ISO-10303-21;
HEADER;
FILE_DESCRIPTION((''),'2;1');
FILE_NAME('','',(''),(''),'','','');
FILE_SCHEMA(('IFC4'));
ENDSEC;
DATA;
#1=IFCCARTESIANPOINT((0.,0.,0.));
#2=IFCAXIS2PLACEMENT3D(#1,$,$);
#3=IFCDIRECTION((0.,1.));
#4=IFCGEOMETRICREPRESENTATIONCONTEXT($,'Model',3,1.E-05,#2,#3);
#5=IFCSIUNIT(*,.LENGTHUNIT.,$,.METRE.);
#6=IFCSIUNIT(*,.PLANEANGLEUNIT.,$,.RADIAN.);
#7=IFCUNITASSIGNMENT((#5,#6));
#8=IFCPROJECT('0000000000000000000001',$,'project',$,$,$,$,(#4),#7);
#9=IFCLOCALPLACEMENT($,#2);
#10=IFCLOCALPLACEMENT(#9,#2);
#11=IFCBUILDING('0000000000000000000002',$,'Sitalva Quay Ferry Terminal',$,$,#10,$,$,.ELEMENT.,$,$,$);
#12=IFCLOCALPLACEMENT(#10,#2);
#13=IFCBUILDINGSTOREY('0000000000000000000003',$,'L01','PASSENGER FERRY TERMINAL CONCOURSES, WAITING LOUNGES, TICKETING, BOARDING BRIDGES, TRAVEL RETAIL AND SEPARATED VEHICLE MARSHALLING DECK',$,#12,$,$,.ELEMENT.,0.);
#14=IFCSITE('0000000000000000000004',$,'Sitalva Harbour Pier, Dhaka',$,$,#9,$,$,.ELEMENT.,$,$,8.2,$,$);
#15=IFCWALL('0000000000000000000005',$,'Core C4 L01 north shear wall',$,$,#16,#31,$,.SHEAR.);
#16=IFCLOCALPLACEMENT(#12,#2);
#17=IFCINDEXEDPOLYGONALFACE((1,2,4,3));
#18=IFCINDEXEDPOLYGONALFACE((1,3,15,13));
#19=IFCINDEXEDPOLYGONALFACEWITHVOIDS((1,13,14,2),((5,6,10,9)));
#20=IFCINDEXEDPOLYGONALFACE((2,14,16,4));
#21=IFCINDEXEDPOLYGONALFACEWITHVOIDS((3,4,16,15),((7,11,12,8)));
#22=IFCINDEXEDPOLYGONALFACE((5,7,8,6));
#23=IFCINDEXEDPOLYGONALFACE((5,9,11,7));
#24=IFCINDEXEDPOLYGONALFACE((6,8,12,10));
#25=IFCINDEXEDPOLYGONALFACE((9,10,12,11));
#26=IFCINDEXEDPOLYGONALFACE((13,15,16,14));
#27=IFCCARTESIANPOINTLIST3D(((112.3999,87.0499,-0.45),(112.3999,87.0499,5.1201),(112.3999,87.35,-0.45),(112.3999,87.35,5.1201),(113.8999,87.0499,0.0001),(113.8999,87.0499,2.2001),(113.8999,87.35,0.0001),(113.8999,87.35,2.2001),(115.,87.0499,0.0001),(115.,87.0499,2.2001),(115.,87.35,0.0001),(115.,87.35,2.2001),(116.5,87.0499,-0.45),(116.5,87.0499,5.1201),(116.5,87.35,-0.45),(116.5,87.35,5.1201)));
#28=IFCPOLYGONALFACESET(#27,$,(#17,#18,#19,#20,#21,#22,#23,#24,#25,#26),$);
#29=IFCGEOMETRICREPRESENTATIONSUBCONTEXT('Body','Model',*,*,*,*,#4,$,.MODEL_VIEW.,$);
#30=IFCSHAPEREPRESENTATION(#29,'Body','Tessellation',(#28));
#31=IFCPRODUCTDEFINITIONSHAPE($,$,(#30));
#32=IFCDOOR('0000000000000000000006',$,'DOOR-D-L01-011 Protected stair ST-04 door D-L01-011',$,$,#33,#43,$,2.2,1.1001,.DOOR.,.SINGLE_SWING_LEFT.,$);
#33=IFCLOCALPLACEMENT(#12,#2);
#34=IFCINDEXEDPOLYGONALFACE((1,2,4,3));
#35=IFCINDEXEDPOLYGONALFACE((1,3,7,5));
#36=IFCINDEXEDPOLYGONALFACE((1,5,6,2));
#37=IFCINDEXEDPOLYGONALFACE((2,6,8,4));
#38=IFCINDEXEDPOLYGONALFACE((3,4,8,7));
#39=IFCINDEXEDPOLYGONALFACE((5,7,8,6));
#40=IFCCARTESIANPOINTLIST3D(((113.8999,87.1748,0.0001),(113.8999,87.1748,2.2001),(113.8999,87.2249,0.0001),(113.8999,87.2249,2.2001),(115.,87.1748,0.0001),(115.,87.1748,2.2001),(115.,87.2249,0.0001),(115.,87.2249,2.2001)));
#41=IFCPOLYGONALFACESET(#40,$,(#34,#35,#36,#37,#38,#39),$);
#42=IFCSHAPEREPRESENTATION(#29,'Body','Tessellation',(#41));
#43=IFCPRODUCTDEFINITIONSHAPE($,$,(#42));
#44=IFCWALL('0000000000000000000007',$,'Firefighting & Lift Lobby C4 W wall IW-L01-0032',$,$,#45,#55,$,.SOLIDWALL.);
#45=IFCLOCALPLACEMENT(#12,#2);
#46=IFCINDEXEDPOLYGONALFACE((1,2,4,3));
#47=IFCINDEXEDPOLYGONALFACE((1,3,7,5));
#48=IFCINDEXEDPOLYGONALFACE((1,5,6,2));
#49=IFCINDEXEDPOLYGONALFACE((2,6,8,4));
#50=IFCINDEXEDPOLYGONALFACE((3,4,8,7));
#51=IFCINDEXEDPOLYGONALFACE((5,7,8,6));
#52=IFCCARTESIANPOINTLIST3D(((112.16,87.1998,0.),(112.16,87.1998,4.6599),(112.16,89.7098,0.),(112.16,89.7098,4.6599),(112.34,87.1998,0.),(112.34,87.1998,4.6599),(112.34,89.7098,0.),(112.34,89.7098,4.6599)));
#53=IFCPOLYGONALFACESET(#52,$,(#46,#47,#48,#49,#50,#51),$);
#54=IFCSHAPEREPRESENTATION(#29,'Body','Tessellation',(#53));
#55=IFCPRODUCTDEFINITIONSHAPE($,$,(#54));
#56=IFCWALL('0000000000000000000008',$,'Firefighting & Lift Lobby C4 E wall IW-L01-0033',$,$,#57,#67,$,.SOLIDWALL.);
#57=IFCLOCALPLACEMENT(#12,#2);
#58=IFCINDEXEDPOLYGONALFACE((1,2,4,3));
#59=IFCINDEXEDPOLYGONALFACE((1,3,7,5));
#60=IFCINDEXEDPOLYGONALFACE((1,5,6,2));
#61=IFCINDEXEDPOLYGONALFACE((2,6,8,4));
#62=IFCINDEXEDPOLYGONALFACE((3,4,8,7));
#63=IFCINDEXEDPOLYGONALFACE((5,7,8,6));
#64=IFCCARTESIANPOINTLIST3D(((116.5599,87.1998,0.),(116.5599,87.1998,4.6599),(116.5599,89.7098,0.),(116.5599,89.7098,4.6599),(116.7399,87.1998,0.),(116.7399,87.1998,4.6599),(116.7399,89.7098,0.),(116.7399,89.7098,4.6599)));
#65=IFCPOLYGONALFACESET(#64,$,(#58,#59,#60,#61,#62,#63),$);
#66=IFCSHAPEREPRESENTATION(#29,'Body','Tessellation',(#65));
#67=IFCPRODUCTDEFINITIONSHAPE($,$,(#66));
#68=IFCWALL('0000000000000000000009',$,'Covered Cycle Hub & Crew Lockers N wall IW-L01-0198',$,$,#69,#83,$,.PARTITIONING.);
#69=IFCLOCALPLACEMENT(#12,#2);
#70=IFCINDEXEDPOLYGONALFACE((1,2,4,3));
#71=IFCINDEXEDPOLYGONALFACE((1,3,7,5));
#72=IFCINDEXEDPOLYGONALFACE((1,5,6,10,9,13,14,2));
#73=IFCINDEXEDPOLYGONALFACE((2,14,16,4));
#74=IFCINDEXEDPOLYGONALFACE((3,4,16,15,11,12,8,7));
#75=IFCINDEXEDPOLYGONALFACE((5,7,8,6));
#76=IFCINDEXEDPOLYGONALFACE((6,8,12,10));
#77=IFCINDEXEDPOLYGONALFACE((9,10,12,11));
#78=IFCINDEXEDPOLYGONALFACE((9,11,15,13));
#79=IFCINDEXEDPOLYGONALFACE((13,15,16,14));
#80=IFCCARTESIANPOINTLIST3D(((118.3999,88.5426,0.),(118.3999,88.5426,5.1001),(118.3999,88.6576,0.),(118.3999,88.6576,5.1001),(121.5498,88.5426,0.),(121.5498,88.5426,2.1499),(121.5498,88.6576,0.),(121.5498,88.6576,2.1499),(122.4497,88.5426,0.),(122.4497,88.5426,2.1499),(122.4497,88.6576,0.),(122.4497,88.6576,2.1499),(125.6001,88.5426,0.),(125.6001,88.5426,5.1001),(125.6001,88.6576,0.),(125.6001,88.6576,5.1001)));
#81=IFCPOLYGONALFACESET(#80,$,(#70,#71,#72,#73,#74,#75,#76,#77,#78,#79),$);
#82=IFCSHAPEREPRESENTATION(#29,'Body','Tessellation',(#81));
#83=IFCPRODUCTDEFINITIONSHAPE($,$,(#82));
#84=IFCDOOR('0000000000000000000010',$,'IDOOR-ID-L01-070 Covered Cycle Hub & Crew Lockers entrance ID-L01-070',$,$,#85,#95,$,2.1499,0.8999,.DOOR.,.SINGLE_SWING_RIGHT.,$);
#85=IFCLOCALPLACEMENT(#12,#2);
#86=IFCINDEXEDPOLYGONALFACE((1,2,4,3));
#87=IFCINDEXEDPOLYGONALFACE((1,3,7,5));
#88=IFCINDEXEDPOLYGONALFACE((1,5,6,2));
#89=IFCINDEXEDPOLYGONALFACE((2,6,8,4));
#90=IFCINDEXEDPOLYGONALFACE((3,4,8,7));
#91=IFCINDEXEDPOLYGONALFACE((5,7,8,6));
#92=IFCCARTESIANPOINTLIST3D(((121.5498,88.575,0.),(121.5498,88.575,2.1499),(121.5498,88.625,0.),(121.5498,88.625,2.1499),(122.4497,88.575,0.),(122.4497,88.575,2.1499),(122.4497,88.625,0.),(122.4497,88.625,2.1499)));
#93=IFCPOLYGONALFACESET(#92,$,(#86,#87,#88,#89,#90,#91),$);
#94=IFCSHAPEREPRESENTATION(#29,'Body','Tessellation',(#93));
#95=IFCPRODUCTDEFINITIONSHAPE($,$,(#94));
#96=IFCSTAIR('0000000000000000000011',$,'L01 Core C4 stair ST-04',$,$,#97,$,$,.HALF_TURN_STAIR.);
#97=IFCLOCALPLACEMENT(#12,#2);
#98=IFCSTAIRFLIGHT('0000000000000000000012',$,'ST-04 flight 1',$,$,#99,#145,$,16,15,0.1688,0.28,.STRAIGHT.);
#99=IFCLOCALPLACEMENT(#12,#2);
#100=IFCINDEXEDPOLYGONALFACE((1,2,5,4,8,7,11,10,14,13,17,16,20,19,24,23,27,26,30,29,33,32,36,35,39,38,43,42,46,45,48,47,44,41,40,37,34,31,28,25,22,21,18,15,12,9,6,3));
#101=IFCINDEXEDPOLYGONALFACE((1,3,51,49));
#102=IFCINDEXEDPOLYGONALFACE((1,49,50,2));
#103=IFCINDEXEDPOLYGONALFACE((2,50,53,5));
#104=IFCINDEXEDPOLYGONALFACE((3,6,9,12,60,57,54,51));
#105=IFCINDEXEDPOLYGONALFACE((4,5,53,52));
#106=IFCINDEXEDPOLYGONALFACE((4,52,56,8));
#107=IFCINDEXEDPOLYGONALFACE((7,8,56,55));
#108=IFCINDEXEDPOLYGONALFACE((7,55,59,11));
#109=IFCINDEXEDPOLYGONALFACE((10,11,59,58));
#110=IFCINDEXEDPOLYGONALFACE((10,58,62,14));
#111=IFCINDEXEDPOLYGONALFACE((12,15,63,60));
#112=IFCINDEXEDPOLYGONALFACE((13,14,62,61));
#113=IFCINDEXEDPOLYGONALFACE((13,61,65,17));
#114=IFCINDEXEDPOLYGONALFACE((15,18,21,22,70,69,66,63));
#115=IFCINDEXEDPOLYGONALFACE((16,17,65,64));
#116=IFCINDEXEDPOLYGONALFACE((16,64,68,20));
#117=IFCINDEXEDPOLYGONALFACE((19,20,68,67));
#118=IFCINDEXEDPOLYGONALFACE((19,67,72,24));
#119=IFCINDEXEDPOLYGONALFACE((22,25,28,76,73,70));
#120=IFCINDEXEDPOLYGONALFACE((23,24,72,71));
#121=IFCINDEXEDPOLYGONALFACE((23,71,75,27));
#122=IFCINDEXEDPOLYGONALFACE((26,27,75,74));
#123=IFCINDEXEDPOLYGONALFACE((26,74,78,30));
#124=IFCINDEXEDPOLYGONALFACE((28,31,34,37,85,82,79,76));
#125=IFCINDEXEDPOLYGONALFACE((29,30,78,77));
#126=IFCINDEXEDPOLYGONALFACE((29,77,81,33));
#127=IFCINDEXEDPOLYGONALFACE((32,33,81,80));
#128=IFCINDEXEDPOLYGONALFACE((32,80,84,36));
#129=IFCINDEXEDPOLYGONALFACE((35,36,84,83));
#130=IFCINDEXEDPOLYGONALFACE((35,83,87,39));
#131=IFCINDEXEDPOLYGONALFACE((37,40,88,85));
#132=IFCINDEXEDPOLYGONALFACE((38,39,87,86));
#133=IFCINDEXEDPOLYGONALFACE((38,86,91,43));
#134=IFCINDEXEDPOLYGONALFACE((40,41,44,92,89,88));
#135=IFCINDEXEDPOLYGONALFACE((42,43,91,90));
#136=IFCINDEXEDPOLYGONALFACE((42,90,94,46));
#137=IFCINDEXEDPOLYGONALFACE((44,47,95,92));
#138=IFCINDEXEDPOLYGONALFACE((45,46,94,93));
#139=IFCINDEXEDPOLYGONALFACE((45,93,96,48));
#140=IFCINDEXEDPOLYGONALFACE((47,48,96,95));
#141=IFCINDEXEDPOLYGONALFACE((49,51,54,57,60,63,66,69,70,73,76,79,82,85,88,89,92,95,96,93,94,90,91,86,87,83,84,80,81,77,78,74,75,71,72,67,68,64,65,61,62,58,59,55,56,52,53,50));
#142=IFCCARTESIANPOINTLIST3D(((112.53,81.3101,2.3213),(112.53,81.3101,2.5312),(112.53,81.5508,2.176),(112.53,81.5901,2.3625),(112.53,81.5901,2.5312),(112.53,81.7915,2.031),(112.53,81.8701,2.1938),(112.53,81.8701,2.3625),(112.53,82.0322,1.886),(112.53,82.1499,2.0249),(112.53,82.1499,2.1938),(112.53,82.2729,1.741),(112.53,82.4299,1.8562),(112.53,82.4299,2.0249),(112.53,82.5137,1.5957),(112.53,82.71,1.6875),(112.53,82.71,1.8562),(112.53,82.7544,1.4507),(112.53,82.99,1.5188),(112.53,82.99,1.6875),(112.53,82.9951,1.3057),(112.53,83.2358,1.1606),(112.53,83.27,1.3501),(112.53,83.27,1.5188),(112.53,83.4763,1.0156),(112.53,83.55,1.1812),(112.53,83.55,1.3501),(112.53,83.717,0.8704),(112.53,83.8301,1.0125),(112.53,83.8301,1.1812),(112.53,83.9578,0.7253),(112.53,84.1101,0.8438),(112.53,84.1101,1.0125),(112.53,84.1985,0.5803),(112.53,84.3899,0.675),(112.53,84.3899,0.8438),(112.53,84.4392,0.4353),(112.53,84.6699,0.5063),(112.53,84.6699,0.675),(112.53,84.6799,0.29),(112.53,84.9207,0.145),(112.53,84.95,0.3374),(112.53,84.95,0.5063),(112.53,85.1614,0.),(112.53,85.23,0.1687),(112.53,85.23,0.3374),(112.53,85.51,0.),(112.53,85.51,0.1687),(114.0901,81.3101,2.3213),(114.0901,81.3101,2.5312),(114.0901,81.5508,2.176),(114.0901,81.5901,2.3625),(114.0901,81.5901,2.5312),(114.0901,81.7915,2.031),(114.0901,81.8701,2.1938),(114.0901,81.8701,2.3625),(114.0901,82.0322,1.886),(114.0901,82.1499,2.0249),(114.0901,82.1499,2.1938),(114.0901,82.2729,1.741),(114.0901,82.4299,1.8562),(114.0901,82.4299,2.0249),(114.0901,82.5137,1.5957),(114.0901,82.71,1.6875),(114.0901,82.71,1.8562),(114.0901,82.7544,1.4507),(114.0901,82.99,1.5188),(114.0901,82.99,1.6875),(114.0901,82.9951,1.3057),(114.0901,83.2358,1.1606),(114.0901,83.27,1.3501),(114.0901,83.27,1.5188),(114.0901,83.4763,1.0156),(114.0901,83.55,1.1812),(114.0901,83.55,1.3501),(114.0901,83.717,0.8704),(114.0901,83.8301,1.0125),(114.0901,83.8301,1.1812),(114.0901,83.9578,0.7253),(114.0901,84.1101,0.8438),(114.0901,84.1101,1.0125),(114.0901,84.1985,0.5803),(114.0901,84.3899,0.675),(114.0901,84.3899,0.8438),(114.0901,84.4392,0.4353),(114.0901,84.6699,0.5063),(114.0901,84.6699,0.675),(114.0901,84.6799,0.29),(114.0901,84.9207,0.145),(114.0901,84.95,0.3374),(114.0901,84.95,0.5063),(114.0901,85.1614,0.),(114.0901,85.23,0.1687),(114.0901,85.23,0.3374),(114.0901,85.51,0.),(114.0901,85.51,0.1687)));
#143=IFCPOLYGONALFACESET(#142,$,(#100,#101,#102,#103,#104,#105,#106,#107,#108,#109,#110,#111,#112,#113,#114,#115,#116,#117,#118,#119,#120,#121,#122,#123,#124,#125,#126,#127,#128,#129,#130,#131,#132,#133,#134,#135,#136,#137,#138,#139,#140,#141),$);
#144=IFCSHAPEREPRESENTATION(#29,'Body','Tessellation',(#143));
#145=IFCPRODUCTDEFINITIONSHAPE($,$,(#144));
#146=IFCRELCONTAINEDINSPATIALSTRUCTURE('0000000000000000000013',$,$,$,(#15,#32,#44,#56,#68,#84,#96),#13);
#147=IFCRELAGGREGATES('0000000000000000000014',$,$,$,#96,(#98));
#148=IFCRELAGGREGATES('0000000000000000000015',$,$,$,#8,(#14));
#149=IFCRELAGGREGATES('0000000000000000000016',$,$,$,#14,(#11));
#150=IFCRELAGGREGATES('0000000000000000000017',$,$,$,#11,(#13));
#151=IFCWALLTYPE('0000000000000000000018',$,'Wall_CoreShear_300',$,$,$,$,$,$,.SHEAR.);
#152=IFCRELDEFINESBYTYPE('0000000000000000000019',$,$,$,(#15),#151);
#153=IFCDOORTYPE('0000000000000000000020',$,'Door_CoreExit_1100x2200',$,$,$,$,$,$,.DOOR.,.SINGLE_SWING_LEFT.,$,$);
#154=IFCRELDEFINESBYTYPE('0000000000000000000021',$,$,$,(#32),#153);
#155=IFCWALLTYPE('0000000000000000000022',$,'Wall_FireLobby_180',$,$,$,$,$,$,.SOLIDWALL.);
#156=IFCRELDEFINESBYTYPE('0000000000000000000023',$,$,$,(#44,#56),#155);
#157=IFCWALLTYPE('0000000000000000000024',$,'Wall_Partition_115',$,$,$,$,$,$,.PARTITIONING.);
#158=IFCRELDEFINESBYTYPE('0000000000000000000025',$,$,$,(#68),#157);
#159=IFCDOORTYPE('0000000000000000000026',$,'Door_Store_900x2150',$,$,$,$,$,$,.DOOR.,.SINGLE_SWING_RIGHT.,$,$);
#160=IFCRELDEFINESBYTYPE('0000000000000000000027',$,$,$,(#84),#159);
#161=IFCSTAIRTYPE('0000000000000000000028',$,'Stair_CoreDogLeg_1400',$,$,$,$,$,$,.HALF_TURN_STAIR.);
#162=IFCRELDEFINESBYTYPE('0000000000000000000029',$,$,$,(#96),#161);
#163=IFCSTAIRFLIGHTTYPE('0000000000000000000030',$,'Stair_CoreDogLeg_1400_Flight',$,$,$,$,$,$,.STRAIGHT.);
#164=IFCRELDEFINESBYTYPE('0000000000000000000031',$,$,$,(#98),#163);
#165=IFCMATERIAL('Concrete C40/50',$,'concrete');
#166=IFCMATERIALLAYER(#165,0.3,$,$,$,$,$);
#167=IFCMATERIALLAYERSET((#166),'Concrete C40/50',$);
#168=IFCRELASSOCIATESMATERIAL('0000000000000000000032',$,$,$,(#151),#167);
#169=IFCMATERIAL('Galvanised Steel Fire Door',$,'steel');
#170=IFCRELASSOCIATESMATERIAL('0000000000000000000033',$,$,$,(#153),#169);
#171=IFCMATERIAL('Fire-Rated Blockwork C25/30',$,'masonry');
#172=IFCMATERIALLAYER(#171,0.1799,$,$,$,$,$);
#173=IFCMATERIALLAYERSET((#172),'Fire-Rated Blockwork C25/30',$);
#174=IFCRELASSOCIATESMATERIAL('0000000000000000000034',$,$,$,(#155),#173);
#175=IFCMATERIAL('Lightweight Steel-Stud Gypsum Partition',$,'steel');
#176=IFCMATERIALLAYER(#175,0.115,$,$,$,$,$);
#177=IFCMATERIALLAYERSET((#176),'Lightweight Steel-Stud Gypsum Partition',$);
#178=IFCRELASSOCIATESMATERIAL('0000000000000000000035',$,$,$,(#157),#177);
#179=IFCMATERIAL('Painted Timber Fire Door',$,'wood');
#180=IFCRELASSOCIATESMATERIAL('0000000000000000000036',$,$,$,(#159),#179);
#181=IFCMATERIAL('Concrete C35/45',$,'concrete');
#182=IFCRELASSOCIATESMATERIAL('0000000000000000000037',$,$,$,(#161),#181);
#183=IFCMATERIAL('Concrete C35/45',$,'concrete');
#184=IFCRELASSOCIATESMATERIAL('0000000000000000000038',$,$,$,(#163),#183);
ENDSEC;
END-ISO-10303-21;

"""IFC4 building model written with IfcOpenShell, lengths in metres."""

from ifc_helpers import new_model, si_unit, direction, frame, frame_2d, origin, place, context, subcontext, project, spatial, polyline, rectangle, outline, extrude, material, layer, layer_set, type_object, element, fill, aggregate, save


model = new_model("IFC4")

# Units and contexts
model_context = context("Model", 3, precision=1e-05, world=origin(), true_north=direction((0.0, 1.0)))
body_context = subcontext(model_context, "Body", "Model", "MODEL_VIEW")
ifc_project = project(units=[si_unit("LENGTHUNIT", "METRE"), si_unit("PLANEANGLEUNIT", "RADIAN")], contexts=[model_context])

# Site, building, storey
site_placement = place(None, origin())
site = spatial("IfcSite", under=ifc_project, at=site_placement, Name="Sitalva Harbour Pier, Dhaka", CompositionType="ELEMENT", RefElevation=8.2)
building_placement = place(site_placement, origin())
building = spatial("IfcBuilding", under=site, at=building_placement, Name="Sitalva Quay Ferry Terminal", CompositionType="ELEMENT")
storey_placement = place(building_placement, origin())
storey = spatial("IfcBuildingStorey", under=building, at=storey_placement, Name="L01", Description="PASSENGER FERRY TERMINAL CONCOURSES, WAITING LOUNGES, TICKETING, BOARDING BRIDGES, TRAVEL RETAIL AND SEPARATED VEHICLE MARSHALLING DECK", CompositionType="ELEMENT", Elevation=0.0)

# Wall, opening, door
ifc_material_1 = material(Name="Concrete C40/50", Category="concrete")
ifc_layer_1 = layer(ifc_material_1, 0.3)
ifc_layer_set_1 = layer_set([ifc_layer_1], Name="Concrete C40/50")
wall_type_1 = type_object("IfcWallType", Name="Wall_CoreShear_300", PredefinedType="SHEAR", material=ifc_layer_set_1)
wall_1_placement = place(storey_placement, frame((112.3999, 87.2, -0.45), z_axis=(0.0, 0.0, 1.0), x_axis=(1.0, 0.0, 0.0)))
wall_1 = element("IfcWall", 1, at=wall_1_placement, inside=storey, type_object=wall_type_1, Name="Core C4 L01 north shear wall", PredefinedType="SHEAR", context=body_context, shape_type="SweptSolid", body=[
    extrude(rectangle(XDim=4.1001, YDim=0.3, at=frame_2d((2.05, 0.0))), origin(), (0.0, 0.0, 1.0), 5.5701),
])
opening_1_placement = place(wall_1_placement, frame((1.5, 0.0, 0.45)))
opening_1 = element("IfcOpeningElement", 2, at=opening_1_placement, cuts=wall_1, PredefinedType="OPENING", context=body_context, shape_type="SweptSolid", body=[
    extrude(rectangle(XDim=1.1001, YDim=2.2, at=frame_2d((0.55, 1.1001))), frame((0.0, 0.1599, 0.0), z_axis=(0.0, -1.0, 0.0), x_axis=(1.0, 0.0, 0.0)), (0.0, 0.0, 1.0), 0.3201),
])
ifc_material_2 = material(Name="Galvanised Steel Fire Door", Category="steel")
door_type_1 = type_object("IfcDoorType", Name="Door_CoreExit_1100x2200", OperationType="SINGLE_SWING_LEFT", PredefinedType="DOOR", material=ifc_material_2)
door_1_placement = place(opening_1_placement, origin())
door_1 = element("IfcDoor", 3, at=door_1_placement, inside=storey, type_object=door_type_1, Name="DOOR-D-L01-011 Protected stair ST-04 door D-L01-011", OperationType="SINGLE_SWING_LEFT", OverallHeight=2.2, OverallWidth=1.1001, PredefinedType="DOOR", context=body_context, shape_type="SweptSolid", body=[
    extrude(rectangle(XDim=1.1001, YDim=2.2, at=frame_2d((0.55, 1.1001))), frame((0.0, 0.0249, 0.0), z_axis=(0.0, -1.0, 0.0), x_axis=(1.0, 0.0, 0.0)), (0.0, 0.0, 1.0), 0.05),
])
fill(opening_1, door_1)

# Walls
ifc_material_3 = material(Name="Fire-Rated Blockwork C25/30", Category="masonry")
ifc_layer_2 = layer(ifc_material_3, 0.1799)
ifc_layer_set_2 = layer_set([ifc_layer_2], Name="Fire-Rated Blockwork C25/30")
wall_type_2 = type_object("IfcWallType", Name="Wall_FireLobby_180", PredefinedType="SOLIDWALL", material=ifc_layer_set_2)
for number, where, z_axis, x_axis, name in (
    (4, (112.25, 87.2, 0.0), (0.0, 0.0, 1.0), (0.0, 1.0, 0.0), "Firefighting & Lift Lobby C4 W wall IW-L01-0032"),
    (5, (116.6499, 87.2, 0.0), (0.0, 0.0, 1.0), (0.0, 1.0, 0.0), "Firefighting & Lift Lobby C4 E wall IW-L01-0033"),
):
    element("IfcWall", number, at=place(storey_placement, frame(where, z_axis=z_axis, x_axis=x_axis)), inside=storey, type_object=wall_type_2, Name=name, PredefinedType="SOLIDWALL", context=body_context, shape_type="SweptSolid", body=[
        extrude(rectangle(XDim=2.51, YDim=0.1799, at=frame_2d((1.2549, 0.0))), origin(), (0.0, 0.0, 1.0), 4.6599),
    ])

# Wall, opening, door
ifc_material_4 = material(Name="Lightweight Steel-Stud Gypsum Partition", Category="steel")
ifc_layer_3 = layer(ifc_material_4, 0.115)
ifc_layer_set_3 = layer_set([ifc_layer_3], Name="Lightweight Steel-Stud Gypsum Partition")
wall_type_3 = type_object("IfcWallType", Name="Wall_Partition_115", PredefinedType="PARTITIONING", material=ifc_layer_set_3)
wall_2_placement = place(storey_placement, frame((118.3999, 88.6001, 0.0), z_axis=(0.0, 0.0, 1.0), x_axis=(1.0, 0.0, 0.0)))
wall_2 = element("IfcWall", 6, at=wall_2_placement, inside=storey, type_object=wall_type_3, Name="Covered Cycle Hub & Crew Lockers N wall IW-L01-0198", PredefinedType="PARTITIONING", context=body_context, shape_type="SweptSolid", body=[
    extrude(rectangle(XDim=7.2002, YDim=0.115, at=frame_2d((3.6001, 0.0))), origin(), (0.0, 0.0, 1.0), 5.1001),
])
opening_2_placement = place(wall_2_placement, frame((3.1499, 0.0, 0.0)))
opening_2 = element("IfcOpeningElement", 7, at=opening_2_placement, cuts=wall_2, PredefinedType="OPENING", context=body_context, shape_type="SweptSolid", body=[
    extrude(rectangle(XDim=0.8999, YDim=2.1499, at=frame_2d((0.45, 1.075))), frame((0.0, 0.0674, 0.0), z_axis=(0.0, -1.0, 0.0), x_axis=(1.0, 0.0, 0.0)), (0.0, 0.0, 1.0), 0.135),
])
ifc_material_5 = material(Name="Painted Timber Fire Door", Category="wood")
door_type_2 = type_object("IfcDoorType", Name="Door_Store_900x2150", OperationType="SINGLE_SWING_RIGHT", PredefinedType="DOOR", material=ifc_material_5)
door_2_placement = place(opening_2_placement, origin())
door_2 = element("IfcDoor", 8, at=door_2_placement, inside=storey, type_object=door_type_2, Name="IDOOR-ID-L01-070 Covered Cycle Hub & Crew Lockers entrance ID-L01-070", OperationType="SINGLE_SWING_RIGHT", OverallHeight=2.1499, OverallWidth=0.8999, PredefinedType="DOOR", context=body_context, shape_type="SweptSolid", body=[
    extrude(rectangle(XDim=0.8999, YDim=2.1499, at=frame_2d((0.45, 1.075))), frame((0.0, 0.0249, 0.0), z_axis=(0.0, -1.0, 0.0), x_axis=(1.0, 0.0, 0.0)), (0.0, 0.0, 1.0), 0.05),
])
fill(opening_2, door_2)

# Stair, stair flight
ifc_material_6 = material(Name="Concrete C35/45", Category="concrete")
stair_type = type_object("IfcStairType", Name="Stair_CoreDogLeg_1400", PredefinedType="HALF_TURN_STAIR", material=ifc_material_6)
stair_placement = place(storey_placement, origin())
stair = element("IfcStair", 9, at=stair_placement, inside=storey, type_object=stair_type, Name="L01 Core C4 stair ST-04", PredefinedType="HALF_TURN_STAIR")
ifc_material_7 = material(Name="Concrete C35/45", Category="concrete")
stair_flight_type = type_object("IfcStairFlightType", Name="Stair_CoreDogLeg_1400_Flight", PredefinedType="STRAIGHT", material=ifc_material_7)
stair_flight_1_placement = place(storey_placement, frame((113.3101, 85.51, 0.0), z_axis=(0.0, 0.0, 1.0), x_axis=(0.0, -1.0, 0.0)))
stair_flight_1 = element("IfcStairFlight", 10, at=stair_flight_1_placement, type_object=stair_flight_type, Name="ST-04 flight 1", NumberOfRisers=16, NumberOfTreads=15, PredefinedType="STRAIGHT", RiserHeight=0.1688, TreadLength=0.28, context=body_context, shape_type="SweptSolid", body=[
    extrude(outline(polyline([(0.0, 0.0), (0.0, 0.1687), (0.28, 0.1687), (0.28, 0.3374), (0.5601, 0.3374), (0.5601, 0.5063), (0.8401, 0.5063), (0.8401, 0.675), (1.1201, 0.675), (1.1201, 0.8438), (1.3999, 0.8438), (1.3999, 1.0125), (1.6799, 1.0125), (1.6799, 1.1812), (1.96, 1.1812), (1.96, 1.3501), (2.24, 1.3501), (2.24, 1.5188), (2.52, 1.5188), (2.52, 1.6875), (2.8, 1.6875), (2.8, 1.8562), (3.0801, 1.8562), (3.0801, 2.0249), (3.3601, 2.0249), (3.3601, 2.1938), (3.6399, 2.1938), (3.6399, 2.3625), (3.9199, 2.3625), (3.9199, 2.5312), (4.2, 2.5312), (4.2, 2.7), (4.2, 2.3213), (3.9592, 2.176), (3.7185, 2.031), (3.4778, 1.886), (3.2371, 1.741), (2.9963, 1.5957), (2.7556, 1.4507), (2.5149, 1.3057), (2.2742, 1.1606), (2.0337, 1.0156), (1.793, 0.8704), (1.5522, 0.7253), (1.3115, 0.5803), (1.0708, 0.4353), (0.8301, 0.29), (0.5894, 0.145), (0.3486, 0.0), (0.0, 0.0)])), frame((0.0, 0.78, 0.0), z_axis=(0.0, -1.0, 0.0), x_axis=(1.0, 0.0, 0.0)), (0.0, 0.0, 1.0), 1.5601),
])
aggregate(stair, [stair_flight_1])

save(model, "model.ifc")
